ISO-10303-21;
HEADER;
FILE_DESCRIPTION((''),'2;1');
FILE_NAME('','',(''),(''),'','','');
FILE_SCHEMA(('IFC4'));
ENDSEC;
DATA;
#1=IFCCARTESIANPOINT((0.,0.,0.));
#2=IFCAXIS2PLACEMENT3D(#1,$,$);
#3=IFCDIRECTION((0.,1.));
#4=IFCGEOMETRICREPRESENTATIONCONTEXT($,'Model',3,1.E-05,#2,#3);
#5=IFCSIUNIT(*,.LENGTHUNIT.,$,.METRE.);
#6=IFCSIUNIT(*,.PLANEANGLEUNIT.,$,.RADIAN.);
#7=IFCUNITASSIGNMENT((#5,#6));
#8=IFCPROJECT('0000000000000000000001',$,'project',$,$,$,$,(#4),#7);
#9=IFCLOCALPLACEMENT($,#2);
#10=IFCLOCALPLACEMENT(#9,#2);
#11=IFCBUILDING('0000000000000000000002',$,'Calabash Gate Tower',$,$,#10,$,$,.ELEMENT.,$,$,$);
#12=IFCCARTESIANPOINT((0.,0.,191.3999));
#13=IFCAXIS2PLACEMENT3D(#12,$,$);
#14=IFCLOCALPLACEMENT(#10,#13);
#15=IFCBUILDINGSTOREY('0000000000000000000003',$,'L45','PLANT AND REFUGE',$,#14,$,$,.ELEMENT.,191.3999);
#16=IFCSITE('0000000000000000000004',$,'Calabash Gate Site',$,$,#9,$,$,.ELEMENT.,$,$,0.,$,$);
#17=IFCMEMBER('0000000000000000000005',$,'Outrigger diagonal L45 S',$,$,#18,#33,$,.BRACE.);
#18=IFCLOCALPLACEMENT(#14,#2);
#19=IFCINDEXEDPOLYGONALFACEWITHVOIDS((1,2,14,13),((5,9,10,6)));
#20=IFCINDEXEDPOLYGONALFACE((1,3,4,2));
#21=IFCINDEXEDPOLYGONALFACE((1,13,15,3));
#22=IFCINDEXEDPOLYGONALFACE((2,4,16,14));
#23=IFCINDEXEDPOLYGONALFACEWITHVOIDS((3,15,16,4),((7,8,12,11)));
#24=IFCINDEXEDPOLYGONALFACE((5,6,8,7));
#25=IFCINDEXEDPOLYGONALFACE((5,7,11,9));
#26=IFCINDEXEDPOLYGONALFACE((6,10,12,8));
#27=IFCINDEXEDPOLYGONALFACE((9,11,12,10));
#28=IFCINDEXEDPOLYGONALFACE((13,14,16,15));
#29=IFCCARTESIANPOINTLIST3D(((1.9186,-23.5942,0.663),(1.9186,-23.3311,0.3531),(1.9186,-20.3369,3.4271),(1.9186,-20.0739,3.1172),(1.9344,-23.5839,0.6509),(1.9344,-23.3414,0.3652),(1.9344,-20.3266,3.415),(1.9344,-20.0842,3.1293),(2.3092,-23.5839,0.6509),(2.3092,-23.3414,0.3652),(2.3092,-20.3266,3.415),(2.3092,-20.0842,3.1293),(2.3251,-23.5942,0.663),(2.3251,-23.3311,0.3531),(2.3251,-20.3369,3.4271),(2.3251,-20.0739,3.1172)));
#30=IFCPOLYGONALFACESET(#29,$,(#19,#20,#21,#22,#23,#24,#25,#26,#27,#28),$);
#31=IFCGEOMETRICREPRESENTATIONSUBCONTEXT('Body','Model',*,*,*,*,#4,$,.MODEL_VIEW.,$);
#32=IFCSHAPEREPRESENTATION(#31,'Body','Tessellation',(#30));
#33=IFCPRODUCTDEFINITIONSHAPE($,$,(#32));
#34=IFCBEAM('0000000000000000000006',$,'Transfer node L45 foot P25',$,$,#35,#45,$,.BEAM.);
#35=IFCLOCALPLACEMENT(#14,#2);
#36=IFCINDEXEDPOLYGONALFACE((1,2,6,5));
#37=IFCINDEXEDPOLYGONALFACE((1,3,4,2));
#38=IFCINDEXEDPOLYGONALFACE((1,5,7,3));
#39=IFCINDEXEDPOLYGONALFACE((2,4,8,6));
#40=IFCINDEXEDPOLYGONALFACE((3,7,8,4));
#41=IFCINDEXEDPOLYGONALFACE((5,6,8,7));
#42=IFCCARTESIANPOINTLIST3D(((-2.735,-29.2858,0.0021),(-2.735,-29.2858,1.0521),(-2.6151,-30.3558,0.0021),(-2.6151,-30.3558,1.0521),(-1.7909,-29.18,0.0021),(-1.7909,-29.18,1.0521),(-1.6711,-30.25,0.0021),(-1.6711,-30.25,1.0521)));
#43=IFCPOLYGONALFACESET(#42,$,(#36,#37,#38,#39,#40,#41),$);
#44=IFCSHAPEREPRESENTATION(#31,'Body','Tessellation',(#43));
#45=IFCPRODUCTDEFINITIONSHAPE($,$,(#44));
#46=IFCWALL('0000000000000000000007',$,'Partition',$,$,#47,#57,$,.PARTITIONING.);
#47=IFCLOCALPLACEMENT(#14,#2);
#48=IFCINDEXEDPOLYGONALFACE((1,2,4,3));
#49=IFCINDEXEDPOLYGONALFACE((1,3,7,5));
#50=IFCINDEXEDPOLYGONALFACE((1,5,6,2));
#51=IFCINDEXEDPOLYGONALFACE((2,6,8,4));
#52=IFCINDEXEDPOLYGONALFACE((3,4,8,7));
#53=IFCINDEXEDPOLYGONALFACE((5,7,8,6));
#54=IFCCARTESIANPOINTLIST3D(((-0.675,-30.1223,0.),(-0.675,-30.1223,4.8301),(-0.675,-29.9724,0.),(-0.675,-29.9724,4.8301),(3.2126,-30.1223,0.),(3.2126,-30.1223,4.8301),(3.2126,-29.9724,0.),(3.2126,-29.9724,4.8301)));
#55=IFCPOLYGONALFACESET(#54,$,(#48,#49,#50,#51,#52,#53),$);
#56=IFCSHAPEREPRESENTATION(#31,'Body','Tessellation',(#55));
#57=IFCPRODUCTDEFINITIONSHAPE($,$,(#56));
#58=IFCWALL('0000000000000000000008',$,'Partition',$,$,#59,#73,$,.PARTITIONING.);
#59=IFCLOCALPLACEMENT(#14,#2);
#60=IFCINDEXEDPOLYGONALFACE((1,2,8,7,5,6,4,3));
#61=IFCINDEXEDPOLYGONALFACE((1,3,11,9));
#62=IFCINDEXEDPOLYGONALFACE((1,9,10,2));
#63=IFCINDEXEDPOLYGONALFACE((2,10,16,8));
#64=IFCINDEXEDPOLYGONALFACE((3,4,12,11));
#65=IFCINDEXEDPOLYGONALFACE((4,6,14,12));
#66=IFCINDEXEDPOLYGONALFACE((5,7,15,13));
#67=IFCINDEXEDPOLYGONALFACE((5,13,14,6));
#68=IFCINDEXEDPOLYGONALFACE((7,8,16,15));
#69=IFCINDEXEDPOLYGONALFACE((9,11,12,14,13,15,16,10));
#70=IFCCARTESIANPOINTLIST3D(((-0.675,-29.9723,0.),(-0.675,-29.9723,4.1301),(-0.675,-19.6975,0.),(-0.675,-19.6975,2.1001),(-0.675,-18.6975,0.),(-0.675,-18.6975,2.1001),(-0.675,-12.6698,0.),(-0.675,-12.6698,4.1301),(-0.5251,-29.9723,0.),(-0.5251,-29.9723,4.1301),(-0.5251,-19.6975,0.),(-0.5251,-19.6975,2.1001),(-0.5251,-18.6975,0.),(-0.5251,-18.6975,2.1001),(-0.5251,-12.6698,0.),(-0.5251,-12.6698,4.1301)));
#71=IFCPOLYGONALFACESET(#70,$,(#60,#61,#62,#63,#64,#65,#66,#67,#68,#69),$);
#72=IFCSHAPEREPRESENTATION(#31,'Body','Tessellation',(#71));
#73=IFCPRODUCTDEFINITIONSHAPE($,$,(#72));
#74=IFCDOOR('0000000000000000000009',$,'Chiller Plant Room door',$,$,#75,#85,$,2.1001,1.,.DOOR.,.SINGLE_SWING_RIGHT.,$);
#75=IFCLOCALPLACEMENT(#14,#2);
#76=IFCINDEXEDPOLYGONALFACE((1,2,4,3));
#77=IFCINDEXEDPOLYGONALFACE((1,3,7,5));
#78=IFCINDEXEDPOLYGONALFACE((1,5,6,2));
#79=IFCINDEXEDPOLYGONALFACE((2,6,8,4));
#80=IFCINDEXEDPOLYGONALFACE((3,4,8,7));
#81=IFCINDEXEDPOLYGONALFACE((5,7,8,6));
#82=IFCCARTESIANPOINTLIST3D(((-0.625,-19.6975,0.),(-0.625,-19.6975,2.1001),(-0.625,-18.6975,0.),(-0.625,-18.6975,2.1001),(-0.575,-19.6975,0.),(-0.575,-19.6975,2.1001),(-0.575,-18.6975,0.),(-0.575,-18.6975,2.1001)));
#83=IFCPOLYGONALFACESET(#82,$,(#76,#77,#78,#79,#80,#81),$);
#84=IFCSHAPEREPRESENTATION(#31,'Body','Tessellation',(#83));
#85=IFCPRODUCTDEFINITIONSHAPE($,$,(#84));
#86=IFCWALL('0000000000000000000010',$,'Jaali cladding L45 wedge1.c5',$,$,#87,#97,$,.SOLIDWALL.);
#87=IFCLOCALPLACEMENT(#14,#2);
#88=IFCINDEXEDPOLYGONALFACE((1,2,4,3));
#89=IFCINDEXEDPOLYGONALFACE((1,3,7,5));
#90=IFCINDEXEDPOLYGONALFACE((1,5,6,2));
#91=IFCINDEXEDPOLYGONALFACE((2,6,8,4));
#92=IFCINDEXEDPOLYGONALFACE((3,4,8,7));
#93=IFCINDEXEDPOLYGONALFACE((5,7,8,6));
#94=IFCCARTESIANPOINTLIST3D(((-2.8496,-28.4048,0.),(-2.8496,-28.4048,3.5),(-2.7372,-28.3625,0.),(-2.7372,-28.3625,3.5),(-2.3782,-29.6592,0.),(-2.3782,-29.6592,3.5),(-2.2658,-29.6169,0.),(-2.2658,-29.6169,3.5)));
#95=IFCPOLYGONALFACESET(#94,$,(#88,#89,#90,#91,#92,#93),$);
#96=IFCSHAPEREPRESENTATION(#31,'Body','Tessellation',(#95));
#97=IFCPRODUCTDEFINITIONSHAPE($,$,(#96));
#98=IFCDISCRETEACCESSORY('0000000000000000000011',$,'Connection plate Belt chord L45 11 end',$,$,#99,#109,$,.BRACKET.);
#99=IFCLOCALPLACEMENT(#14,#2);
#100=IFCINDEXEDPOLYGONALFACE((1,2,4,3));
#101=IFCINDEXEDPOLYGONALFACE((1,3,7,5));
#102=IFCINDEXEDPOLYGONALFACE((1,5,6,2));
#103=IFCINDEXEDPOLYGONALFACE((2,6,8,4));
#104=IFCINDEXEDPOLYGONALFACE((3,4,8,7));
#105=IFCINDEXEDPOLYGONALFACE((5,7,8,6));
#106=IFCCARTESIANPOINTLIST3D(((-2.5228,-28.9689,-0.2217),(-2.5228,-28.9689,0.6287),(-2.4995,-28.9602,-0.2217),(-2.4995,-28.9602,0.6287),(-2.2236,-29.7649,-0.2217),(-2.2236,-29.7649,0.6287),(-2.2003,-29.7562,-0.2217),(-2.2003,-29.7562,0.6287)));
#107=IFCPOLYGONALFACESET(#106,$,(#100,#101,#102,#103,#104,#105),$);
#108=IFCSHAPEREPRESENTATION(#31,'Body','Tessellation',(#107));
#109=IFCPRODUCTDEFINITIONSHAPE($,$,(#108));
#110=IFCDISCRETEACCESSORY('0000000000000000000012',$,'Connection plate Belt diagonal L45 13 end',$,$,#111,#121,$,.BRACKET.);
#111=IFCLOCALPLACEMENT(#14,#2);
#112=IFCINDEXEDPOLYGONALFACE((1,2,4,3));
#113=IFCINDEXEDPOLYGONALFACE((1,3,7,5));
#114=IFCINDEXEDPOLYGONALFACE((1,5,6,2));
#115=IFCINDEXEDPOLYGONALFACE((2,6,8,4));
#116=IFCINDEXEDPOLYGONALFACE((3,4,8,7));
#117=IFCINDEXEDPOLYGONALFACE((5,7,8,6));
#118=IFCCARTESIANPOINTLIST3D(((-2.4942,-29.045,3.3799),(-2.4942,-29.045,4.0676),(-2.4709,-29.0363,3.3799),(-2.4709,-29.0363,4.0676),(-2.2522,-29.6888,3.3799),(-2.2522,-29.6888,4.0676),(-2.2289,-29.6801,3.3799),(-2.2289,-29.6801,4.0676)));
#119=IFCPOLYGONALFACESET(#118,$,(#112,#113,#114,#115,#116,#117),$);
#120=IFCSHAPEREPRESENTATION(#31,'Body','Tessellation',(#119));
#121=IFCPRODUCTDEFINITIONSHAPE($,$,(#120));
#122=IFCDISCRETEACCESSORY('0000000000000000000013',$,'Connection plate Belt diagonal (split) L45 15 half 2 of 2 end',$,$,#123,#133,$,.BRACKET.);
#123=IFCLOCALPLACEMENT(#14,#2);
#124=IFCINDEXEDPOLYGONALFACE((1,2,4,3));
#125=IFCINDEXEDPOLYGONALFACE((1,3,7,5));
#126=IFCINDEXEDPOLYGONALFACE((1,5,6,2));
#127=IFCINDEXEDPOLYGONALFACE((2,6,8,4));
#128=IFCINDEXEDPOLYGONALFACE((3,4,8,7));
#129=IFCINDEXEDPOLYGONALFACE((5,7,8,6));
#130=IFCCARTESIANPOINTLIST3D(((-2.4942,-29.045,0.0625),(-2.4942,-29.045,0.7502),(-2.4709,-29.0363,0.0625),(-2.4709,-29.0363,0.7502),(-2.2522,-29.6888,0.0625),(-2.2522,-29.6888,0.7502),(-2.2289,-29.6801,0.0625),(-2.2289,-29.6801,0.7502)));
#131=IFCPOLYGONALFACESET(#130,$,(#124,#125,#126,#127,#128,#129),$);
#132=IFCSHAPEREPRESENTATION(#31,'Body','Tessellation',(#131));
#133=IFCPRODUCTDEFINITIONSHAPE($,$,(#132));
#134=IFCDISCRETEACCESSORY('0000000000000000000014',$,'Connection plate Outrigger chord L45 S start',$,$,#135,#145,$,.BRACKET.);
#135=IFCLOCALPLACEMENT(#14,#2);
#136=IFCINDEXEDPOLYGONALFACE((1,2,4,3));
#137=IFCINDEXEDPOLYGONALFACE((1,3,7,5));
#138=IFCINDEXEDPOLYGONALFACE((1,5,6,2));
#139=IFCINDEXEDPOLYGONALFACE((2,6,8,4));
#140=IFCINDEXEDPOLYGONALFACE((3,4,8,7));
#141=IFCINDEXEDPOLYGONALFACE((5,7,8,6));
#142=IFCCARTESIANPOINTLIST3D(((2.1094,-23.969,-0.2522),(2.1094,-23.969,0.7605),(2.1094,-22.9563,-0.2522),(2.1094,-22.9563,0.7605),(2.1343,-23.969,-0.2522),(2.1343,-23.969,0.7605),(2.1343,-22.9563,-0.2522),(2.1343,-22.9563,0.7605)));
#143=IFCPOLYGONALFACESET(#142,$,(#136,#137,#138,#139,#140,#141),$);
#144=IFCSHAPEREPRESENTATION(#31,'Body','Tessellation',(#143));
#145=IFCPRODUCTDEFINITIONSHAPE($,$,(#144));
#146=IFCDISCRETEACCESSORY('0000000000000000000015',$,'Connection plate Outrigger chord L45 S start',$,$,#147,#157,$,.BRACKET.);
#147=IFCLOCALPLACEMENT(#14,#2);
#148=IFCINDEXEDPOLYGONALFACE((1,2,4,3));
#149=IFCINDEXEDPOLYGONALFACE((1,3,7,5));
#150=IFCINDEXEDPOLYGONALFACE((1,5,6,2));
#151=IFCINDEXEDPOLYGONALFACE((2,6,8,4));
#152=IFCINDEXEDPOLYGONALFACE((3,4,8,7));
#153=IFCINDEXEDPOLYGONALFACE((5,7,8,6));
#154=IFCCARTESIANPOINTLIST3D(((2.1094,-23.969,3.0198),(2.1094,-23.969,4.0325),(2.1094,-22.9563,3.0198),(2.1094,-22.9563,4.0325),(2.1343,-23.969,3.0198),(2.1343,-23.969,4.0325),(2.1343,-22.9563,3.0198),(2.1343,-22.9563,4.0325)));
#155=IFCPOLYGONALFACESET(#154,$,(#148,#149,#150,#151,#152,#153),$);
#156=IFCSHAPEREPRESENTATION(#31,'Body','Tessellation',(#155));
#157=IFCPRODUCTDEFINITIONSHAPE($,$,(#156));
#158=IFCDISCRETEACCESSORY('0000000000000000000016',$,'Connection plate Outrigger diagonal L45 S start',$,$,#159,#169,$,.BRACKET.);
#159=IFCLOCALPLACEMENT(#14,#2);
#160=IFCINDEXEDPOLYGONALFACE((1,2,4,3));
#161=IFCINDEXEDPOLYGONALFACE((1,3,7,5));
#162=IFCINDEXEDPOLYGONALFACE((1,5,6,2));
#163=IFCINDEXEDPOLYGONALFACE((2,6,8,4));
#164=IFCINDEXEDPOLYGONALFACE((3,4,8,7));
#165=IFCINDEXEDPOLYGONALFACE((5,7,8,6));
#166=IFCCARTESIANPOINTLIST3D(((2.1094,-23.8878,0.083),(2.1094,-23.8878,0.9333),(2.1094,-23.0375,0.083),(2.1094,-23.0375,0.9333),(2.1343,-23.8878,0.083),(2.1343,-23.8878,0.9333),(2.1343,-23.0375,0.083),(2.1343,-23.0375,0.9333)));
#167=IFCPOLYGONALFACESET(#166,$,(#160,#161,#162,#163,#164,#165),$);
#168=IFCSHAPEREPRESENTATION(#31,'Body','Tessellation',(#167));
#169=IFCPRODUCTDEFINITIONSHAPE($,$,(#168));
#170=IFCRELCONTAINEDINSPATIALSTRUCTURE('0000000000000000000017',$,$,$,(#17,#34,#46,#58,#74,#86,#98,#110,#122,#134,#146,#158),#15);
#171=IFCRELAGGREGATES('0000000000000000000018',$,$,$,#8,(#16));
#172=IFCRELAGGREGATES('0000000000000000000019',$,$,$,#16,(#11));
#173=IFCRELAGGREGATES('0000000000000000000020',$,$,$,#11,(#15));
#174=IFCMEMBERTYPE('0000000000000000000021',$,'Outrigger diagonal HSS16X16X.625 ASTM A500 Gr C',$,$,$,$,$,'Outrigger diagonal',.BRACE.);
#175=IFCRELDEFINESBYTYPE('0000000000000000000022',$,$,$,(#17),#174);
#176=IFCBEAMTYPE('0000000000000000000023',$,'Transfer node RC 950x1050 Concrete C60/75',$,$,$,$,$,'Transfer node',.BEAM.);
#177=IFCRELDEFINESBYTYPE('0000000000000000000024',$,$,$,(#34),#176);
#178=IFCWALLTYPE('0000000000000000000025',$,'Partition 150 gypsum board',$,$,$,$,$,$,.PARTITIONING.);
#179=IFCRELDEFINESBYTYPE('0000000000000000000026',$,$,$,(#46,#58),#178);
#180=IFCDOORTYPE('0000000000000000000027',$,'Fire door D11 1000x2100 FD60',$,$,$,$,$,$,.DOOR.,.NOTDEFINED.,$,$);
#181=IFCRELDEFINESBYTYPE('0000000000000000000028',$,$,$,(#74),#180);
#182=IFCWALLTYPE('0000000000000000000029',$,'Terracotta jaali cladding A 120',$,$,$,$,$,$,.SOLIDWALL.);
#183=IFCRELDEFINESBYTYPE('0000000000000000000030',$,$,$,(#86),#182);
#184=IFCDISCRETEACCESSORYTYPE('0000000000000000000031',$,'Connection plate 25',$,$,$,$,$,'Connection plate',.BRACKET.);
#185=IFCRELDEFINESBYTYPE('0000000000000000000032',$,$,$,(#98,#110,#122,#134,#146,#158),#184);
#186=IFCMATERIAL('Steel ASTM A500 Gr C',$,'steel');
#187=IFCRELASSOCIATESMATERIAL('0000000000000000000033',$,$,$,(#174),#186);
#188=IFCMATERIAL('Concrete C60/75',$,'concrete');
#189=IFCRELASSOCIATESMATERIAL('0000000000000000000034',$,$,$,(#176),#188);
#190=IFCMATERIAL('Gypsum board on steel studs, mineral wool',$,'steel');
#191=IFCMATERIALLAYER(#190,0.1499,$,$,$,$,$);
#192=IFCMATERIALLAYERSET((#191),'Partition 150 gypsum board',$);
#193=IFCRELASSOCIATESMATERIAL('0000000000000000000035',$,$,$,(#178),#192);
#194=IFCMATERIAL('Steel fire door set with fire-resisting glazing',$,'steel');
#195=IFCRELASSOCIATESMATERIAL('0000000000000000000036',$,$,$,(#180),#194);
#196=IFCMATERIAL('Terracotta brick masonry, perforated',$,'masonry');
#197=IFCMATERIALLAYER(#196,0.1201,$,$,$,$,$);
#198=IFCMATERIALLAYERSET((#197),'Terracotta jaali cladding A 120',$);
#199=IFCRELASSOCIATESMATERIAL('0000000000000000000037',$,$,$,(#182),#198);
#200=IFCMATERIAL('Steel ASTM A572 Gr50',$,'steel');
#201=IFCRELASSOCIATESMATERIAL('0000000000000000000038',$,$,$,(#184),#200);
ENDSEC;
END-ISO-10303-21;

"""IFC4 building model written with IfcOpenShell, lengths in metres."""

from ifc_helpers import new_model, si_unit, direction, frame, frame_2d, origin, origin_2d, place, context, subcontext, project, spatial, rectangle, hollow_rectangle, extrude, material, layer, layer_set, material_profile, profile_set, type_object, element, fill, save


model = new_model("IFC4")

# Units and contexts
model_context = context("Model", 3, precision=1e-05, world=origin(), true_north=direction((0.0, 1.0)))
body_context = subcontext(model_context, "Body", "Model", "MODEL_VIEW")
ifc_project = project(units=[si_unit("LENGTHUNIT", "METRE"), si_unit("PLANEANGLEUNIT", "RADIAN")], contexts=[model_context])

# Site, building, storey
site_placement = place(None, origin())
site = spatial("IfcSite", under=ifc_project, at=site_placement, Name="Calabash Gate Site", CompositionType="ELEMENT", RefElevation=0.0)
building_placement = place(site_placement, origin())
building = spatial("IfcBuilding", under=site, at=building_placement, Name="Calabash Gate Tower", CompositionType="ELEMENT")
storey_placement = place(building_placement, frame((0.0, 0.0, 191.3999)))
storey = spatial("IfcBuildingStorey", under=building, at=storey_placement, Name="L45", Description="PLANT AND REFUGE", CompositionType="ELEMENT", Elevation=191.3999)

# Member
ifc_material_1 = material(Name="Steel ASTM A500 Gr C", Category="steel")
ifc_material_profile_1 = material_profile(ifc_material_1, hollow_rectangle(XDim=0.4065, YDim=0.4065, WallThickness=0.0159, at=origin_2d()))
ifc_profile_set_1 = profile_set([ifc_material_profile_1], Name="Steel ASTM A500 Gr C")
member_type_1 = type_object("IfcMemberType", Name="Outrigger diagonal HSS16X16X.625 ASTM A500 Gr C", ElementType="Outrigger diagonal", PredefinedType="BRACE", material=ifc_profile_set_1)
member_placement = place(storey_placement, frame((2.1218, -23.4626, 0.5081), z_axis=(0.0, 0.762466, 0.647028), x_axis=(-1.0, 0.0, 0.0)))
element("IfcMember", 1, at=member_placement, inside=storey, type_object=member_type_1, Name="Outrigger diagonal L45 S", PredefinedType="BRACE", context=body_context, shape_type="SweptSolid", body=[
    extrude(hollow_rectangle(XDim=0.4065, YDim=0.4065, WallThickness=0.0159, at=origin_2d()), origin(), (0.0, 0.0, 1.0), 4.272),
])

# Beam
ifc_material_2 = material(Name="Concrete C60/75", Category="concrete")
ifc_material_profile_2 = material_profile(ifc_material_2, rectangle(XDim=0.95, YDim=1.05, at=origin_2d()))
ifc_profile_set_2 = profile_set([ifc_material_profile_2], Name="Concrete C60/75")
beam_type_1 = type_object("IfcBeamType", Name="Transfer node RC 950x1050 Concrete C60/75", ElementType="Transfer node", PredefinedType="BEAM", material=ifc_profile_set_2)
beam_1_placement = place(storey_placement, frame((-2.2629, -29.2329, 0.5271), z_axis=(0.111327, -0.993784, 0.0), x_axis=(0.993784, 0.111327, 0.0)))
element("IfcBeam", 2, at=beam_1_placement, inside=storey, type_object=beam_type_1, Name="Transfer node L45 foot P25", PredefinedType="BEAM", context=body_context, shape_type="SweptSolid", body=[
    extrude(rectangle(XDim=0.95, YDim=1.05, at=origin_2d()), origin(), (0.0, 0.0, 1.0), 1.0767),
])

# Wall
ifc_material_3 = material(Name="Gypsum board on steel studs, mineral wool", Category="steel")
ifc_layer_1 = layer(ifc_material_3, 0.1499)
ifc_layer_set_1 = layer_set([ifc_layer_1], Name="Partition 150 gypsum board")
wall_type_1 = type_object("IfcWallType", Name="Partition 150 gypsum board", PredefinedType="PARTITIONING", material=ifc_layer_set_1)
wall_1_placement = place(storey_placement, frame((-0.675, -30.0474, 0.0), z_axis=(0.0, 0.0, 1.0), x_axis=(1.0, 0.0, 0.0)))
element("IfcWall", 3, at=wall_1_placement, inside=storey, type_object=wall_type_1, Name="Partition", PredefinedType="PARTITIONING", context=body_context, shape_type="SweptSolid", body=[
    extrude(rectangle(XDim=3.8877, YDim=0.1499, at=frame_2d((1.9438, 0.0))), origin(), (0.0, 0.0, 1.0), 4.8301),
])

# Wall, opening, door
wall_2_placement = place(storey_placement, frame((-0.6001, -29.9724, 0.0), z_axis=(0.0, 0.0, 1.0), x_axis=(0.0, 1.0, 0.0)))
wall_2 = element("IfcWall", 4, at=wall_2_placement, inside=storey, type_object=wall_type_1, Name="Partition", PredefinedType="PARTITIONING", context=body_context, shape_type="SweptSolid", body=[
    extrude(rectangle(XDim=17.3025, YDim=0.1499, at=frame_2d((8.6514, 0.0))), origin(), (0.0, 0.0, 1.0), 4.1301),
])
opening_placement = place(wall_2_placement, frame((10.2749, 0.0, 0.0)))
opening = element("IfcOpeningElement", 5, at=opening_placement, cuts=wall_2, PredefinedType="OPENING", context=body_context, shape_type="SweptSolid", body=[
    extrude(rectangle(XDim=1.0, YDim=2.1001, at=frame_2d((0.5, 1.05))), frame((0.0, 0.085, 0.0), z_axis=(0.0, -1.0, 0.0), x_axis=(1.0, 0.0, 0.0)), (0.0, 0.0, 1.0), 0.1699),
])
ifc_material_4 = material(Name="Steel fire door set with fire-resisting glazing", Category="steel")
door_type = type_object("IfcDoorType", Name="Fire door D11 1000x2100 FD60", OperationType="NOTDEFINED", PredefinedType="DOOR", material=ifc_material_4)
door_placement = place(opening_placement, origin())
door = element("IfcDoor", 6, at=door_placement, inside=storey, type_object=door_type, Name="Chiller Plant Room door", OperationType="SINGLE_SWING_RIGHT", OverallHeight=2.1001, OverallWidth=1.0, PredefinedType="DOOR", context=body_context, shape_type="SweptSolid", body=[
    extrude(rectangle(XDim=1.0, YDim=2.1001, at=frame_2d((0.5, 1.05))), frame((0.0, 0.0249, 0.0), z_axis=(0.0, -1.0, 0.0), x_axis=(1.0, 0.0, 0.0)), (0.0, 0.0, 1.0), 0.05),
])
fill(opening, door)

# Wall
ifc_material_5 = material(Name="Terracotta brick masonry, perforated", Category="masonry")
ifc_layer_2 = layer(ifc_material_5, 0.1201)
ifc_layer_set_2 = layer_set([ifc_layer_2], Name="Terracotta jaali cladding A 120")
wall_type_2 = type_object("IfcWallType", Name="Terracotta jaali cladding A 120", PredefinedType="SOLIDWALL", material=ifc_layer_set_2)
wall_3_placement = place(storey_placement, frame((-2.322, -29.6379, 0.0), z_axis=(0.0, 0.0, 1.0), x_axis=(-0.351802, 0.936074, 0.0)))
element("IfcWall", 7, at=wall_3_placement, inside=storey, type_object=wall_type_2, Name="Jaali cladding L45 wedge1.c5", PredefinedType="SOLIDWALL", context=body_context, shape_type="SweptSolid", body=[
    extrude(rectangle(XDim=1.3401, YDim=0.1201, at=frame_2d((0.6699, 0.0))), origin(), (0.0, 0.0, 1.0), 3.5),
])

# Discrete accessories
ifc_material_6 = material(Name="Steel ASTM A572 Gr50", Category="steel")
discrete_accessory_type = type_object("IfcDiscreteAccessoryType", Name="Connection plate 25", ElementType="Connection plate", PredefinedType="BRACKET", material=ifc_material_6)
discrete_accessory_1_placement = place(storey_placement, frame((-2.3616, -29.3625, -0.2217), z_axis=(0.0, 0.0, 1.0), x_axis=(0.351823, -0.936067, 0.0)))
element("IfcDiscreteAccessory", 8, at=discrete_accessory_1_placement, inside=storey, type_object=discrete_accessory_type, Name="Connection plate Belt chord L45 11 end", PredefinedType="BRACKET", context=body_context, shape_type="SweptSolid", body=[
    extrude(rectangle(XDim=0.8503, YDim=0.0249, at=origin_2d()), origin(), (0.0, 0.0, 1.0), 0.8503),
])
for number, where, z_axis, x_axis, name in (
    (9, (-2.3616, -29.3625, 3.3799), (0.0, 0.0, 1.0), (0.351823, -0.936067, 0.0), "Connection plate Belt diagonal L45 13 end"),
    (10, (-2.3616, -29.3625, 0.0625), (0.0, 0.0, 1.0), (0.351823, -0.936067, 0.0), "Connection plate Belt diagonal (split) L45 15 half 2 of 2 end"),
):
    element("IfcDiscreteAccessory", number, at=place(storey_placement, frame(where, z_axis=z_axis, x_axis=x_axis)), inside=storey, type_object=discrete_accessory_type, Name=name, PredefinedType="BRACKET", context=body_context, shape_type="SweptSolid", body=[
        extrude(rectangle(XDim=0.6877, YDim=0.0249, at=origin_2d()), origin(), (0.0, 0.0, 1.0), 0.6877),
    ])
for number, where, z_axis, x_axis, name in (
    (11, (2.1218, -23.4626, -0.2522), (0.0, 0.0, 1.0), (0.0, 1.0, 0.0), "Connection plate Outrigger chord L45 S start"),
    (12, (2.1218, -23.4626, 3.0198), (0.0, 0.0, 1.0), (0.0, 1.0, 0.0), "Connection plate Outrigger chord L45 S start"),
):
    element("IfcDiscreteAccessory", number, at=place(storey_placement, frame(where, z_axis=z_axis, x_axis=x_axis)), inside=storey, type_object=discrete_accessory_type, Name=name, PredefinedType="BRACKET", context=body_context, shape_type="SweptSolid", body=[
        extrude(rectangle(XDim=1.0127, YDim=0.0249, at=origin_2d()), origin(), (0.0, 0.0, 1.0), 1.0127),
    ])
discrete_accessory_2_placement = place(storey_placement, frame((2.1218, -23.4626, 0.083), z_axis=(0.0, 0.0, 1.0), x_axis=(0.0, 1.0, 0.0)))
element("IfcDiscreteAccessory", 13, at=discrete_accessory_2_placement, inside=storey, type_object=discrete_accessory_type, Name="Connection plate Outrigger diagonal L45 S start", PredefinedType="BRACKET", context=body_context, shape_type="SweptSolid", body=[
    extrude(rectangle(XDim=0.8503, YDim=0.0249, at=origin_2d()), origin(), (0.0, 0.0, 1.0), 0.8503),
])

save(model, "model.ifc")
